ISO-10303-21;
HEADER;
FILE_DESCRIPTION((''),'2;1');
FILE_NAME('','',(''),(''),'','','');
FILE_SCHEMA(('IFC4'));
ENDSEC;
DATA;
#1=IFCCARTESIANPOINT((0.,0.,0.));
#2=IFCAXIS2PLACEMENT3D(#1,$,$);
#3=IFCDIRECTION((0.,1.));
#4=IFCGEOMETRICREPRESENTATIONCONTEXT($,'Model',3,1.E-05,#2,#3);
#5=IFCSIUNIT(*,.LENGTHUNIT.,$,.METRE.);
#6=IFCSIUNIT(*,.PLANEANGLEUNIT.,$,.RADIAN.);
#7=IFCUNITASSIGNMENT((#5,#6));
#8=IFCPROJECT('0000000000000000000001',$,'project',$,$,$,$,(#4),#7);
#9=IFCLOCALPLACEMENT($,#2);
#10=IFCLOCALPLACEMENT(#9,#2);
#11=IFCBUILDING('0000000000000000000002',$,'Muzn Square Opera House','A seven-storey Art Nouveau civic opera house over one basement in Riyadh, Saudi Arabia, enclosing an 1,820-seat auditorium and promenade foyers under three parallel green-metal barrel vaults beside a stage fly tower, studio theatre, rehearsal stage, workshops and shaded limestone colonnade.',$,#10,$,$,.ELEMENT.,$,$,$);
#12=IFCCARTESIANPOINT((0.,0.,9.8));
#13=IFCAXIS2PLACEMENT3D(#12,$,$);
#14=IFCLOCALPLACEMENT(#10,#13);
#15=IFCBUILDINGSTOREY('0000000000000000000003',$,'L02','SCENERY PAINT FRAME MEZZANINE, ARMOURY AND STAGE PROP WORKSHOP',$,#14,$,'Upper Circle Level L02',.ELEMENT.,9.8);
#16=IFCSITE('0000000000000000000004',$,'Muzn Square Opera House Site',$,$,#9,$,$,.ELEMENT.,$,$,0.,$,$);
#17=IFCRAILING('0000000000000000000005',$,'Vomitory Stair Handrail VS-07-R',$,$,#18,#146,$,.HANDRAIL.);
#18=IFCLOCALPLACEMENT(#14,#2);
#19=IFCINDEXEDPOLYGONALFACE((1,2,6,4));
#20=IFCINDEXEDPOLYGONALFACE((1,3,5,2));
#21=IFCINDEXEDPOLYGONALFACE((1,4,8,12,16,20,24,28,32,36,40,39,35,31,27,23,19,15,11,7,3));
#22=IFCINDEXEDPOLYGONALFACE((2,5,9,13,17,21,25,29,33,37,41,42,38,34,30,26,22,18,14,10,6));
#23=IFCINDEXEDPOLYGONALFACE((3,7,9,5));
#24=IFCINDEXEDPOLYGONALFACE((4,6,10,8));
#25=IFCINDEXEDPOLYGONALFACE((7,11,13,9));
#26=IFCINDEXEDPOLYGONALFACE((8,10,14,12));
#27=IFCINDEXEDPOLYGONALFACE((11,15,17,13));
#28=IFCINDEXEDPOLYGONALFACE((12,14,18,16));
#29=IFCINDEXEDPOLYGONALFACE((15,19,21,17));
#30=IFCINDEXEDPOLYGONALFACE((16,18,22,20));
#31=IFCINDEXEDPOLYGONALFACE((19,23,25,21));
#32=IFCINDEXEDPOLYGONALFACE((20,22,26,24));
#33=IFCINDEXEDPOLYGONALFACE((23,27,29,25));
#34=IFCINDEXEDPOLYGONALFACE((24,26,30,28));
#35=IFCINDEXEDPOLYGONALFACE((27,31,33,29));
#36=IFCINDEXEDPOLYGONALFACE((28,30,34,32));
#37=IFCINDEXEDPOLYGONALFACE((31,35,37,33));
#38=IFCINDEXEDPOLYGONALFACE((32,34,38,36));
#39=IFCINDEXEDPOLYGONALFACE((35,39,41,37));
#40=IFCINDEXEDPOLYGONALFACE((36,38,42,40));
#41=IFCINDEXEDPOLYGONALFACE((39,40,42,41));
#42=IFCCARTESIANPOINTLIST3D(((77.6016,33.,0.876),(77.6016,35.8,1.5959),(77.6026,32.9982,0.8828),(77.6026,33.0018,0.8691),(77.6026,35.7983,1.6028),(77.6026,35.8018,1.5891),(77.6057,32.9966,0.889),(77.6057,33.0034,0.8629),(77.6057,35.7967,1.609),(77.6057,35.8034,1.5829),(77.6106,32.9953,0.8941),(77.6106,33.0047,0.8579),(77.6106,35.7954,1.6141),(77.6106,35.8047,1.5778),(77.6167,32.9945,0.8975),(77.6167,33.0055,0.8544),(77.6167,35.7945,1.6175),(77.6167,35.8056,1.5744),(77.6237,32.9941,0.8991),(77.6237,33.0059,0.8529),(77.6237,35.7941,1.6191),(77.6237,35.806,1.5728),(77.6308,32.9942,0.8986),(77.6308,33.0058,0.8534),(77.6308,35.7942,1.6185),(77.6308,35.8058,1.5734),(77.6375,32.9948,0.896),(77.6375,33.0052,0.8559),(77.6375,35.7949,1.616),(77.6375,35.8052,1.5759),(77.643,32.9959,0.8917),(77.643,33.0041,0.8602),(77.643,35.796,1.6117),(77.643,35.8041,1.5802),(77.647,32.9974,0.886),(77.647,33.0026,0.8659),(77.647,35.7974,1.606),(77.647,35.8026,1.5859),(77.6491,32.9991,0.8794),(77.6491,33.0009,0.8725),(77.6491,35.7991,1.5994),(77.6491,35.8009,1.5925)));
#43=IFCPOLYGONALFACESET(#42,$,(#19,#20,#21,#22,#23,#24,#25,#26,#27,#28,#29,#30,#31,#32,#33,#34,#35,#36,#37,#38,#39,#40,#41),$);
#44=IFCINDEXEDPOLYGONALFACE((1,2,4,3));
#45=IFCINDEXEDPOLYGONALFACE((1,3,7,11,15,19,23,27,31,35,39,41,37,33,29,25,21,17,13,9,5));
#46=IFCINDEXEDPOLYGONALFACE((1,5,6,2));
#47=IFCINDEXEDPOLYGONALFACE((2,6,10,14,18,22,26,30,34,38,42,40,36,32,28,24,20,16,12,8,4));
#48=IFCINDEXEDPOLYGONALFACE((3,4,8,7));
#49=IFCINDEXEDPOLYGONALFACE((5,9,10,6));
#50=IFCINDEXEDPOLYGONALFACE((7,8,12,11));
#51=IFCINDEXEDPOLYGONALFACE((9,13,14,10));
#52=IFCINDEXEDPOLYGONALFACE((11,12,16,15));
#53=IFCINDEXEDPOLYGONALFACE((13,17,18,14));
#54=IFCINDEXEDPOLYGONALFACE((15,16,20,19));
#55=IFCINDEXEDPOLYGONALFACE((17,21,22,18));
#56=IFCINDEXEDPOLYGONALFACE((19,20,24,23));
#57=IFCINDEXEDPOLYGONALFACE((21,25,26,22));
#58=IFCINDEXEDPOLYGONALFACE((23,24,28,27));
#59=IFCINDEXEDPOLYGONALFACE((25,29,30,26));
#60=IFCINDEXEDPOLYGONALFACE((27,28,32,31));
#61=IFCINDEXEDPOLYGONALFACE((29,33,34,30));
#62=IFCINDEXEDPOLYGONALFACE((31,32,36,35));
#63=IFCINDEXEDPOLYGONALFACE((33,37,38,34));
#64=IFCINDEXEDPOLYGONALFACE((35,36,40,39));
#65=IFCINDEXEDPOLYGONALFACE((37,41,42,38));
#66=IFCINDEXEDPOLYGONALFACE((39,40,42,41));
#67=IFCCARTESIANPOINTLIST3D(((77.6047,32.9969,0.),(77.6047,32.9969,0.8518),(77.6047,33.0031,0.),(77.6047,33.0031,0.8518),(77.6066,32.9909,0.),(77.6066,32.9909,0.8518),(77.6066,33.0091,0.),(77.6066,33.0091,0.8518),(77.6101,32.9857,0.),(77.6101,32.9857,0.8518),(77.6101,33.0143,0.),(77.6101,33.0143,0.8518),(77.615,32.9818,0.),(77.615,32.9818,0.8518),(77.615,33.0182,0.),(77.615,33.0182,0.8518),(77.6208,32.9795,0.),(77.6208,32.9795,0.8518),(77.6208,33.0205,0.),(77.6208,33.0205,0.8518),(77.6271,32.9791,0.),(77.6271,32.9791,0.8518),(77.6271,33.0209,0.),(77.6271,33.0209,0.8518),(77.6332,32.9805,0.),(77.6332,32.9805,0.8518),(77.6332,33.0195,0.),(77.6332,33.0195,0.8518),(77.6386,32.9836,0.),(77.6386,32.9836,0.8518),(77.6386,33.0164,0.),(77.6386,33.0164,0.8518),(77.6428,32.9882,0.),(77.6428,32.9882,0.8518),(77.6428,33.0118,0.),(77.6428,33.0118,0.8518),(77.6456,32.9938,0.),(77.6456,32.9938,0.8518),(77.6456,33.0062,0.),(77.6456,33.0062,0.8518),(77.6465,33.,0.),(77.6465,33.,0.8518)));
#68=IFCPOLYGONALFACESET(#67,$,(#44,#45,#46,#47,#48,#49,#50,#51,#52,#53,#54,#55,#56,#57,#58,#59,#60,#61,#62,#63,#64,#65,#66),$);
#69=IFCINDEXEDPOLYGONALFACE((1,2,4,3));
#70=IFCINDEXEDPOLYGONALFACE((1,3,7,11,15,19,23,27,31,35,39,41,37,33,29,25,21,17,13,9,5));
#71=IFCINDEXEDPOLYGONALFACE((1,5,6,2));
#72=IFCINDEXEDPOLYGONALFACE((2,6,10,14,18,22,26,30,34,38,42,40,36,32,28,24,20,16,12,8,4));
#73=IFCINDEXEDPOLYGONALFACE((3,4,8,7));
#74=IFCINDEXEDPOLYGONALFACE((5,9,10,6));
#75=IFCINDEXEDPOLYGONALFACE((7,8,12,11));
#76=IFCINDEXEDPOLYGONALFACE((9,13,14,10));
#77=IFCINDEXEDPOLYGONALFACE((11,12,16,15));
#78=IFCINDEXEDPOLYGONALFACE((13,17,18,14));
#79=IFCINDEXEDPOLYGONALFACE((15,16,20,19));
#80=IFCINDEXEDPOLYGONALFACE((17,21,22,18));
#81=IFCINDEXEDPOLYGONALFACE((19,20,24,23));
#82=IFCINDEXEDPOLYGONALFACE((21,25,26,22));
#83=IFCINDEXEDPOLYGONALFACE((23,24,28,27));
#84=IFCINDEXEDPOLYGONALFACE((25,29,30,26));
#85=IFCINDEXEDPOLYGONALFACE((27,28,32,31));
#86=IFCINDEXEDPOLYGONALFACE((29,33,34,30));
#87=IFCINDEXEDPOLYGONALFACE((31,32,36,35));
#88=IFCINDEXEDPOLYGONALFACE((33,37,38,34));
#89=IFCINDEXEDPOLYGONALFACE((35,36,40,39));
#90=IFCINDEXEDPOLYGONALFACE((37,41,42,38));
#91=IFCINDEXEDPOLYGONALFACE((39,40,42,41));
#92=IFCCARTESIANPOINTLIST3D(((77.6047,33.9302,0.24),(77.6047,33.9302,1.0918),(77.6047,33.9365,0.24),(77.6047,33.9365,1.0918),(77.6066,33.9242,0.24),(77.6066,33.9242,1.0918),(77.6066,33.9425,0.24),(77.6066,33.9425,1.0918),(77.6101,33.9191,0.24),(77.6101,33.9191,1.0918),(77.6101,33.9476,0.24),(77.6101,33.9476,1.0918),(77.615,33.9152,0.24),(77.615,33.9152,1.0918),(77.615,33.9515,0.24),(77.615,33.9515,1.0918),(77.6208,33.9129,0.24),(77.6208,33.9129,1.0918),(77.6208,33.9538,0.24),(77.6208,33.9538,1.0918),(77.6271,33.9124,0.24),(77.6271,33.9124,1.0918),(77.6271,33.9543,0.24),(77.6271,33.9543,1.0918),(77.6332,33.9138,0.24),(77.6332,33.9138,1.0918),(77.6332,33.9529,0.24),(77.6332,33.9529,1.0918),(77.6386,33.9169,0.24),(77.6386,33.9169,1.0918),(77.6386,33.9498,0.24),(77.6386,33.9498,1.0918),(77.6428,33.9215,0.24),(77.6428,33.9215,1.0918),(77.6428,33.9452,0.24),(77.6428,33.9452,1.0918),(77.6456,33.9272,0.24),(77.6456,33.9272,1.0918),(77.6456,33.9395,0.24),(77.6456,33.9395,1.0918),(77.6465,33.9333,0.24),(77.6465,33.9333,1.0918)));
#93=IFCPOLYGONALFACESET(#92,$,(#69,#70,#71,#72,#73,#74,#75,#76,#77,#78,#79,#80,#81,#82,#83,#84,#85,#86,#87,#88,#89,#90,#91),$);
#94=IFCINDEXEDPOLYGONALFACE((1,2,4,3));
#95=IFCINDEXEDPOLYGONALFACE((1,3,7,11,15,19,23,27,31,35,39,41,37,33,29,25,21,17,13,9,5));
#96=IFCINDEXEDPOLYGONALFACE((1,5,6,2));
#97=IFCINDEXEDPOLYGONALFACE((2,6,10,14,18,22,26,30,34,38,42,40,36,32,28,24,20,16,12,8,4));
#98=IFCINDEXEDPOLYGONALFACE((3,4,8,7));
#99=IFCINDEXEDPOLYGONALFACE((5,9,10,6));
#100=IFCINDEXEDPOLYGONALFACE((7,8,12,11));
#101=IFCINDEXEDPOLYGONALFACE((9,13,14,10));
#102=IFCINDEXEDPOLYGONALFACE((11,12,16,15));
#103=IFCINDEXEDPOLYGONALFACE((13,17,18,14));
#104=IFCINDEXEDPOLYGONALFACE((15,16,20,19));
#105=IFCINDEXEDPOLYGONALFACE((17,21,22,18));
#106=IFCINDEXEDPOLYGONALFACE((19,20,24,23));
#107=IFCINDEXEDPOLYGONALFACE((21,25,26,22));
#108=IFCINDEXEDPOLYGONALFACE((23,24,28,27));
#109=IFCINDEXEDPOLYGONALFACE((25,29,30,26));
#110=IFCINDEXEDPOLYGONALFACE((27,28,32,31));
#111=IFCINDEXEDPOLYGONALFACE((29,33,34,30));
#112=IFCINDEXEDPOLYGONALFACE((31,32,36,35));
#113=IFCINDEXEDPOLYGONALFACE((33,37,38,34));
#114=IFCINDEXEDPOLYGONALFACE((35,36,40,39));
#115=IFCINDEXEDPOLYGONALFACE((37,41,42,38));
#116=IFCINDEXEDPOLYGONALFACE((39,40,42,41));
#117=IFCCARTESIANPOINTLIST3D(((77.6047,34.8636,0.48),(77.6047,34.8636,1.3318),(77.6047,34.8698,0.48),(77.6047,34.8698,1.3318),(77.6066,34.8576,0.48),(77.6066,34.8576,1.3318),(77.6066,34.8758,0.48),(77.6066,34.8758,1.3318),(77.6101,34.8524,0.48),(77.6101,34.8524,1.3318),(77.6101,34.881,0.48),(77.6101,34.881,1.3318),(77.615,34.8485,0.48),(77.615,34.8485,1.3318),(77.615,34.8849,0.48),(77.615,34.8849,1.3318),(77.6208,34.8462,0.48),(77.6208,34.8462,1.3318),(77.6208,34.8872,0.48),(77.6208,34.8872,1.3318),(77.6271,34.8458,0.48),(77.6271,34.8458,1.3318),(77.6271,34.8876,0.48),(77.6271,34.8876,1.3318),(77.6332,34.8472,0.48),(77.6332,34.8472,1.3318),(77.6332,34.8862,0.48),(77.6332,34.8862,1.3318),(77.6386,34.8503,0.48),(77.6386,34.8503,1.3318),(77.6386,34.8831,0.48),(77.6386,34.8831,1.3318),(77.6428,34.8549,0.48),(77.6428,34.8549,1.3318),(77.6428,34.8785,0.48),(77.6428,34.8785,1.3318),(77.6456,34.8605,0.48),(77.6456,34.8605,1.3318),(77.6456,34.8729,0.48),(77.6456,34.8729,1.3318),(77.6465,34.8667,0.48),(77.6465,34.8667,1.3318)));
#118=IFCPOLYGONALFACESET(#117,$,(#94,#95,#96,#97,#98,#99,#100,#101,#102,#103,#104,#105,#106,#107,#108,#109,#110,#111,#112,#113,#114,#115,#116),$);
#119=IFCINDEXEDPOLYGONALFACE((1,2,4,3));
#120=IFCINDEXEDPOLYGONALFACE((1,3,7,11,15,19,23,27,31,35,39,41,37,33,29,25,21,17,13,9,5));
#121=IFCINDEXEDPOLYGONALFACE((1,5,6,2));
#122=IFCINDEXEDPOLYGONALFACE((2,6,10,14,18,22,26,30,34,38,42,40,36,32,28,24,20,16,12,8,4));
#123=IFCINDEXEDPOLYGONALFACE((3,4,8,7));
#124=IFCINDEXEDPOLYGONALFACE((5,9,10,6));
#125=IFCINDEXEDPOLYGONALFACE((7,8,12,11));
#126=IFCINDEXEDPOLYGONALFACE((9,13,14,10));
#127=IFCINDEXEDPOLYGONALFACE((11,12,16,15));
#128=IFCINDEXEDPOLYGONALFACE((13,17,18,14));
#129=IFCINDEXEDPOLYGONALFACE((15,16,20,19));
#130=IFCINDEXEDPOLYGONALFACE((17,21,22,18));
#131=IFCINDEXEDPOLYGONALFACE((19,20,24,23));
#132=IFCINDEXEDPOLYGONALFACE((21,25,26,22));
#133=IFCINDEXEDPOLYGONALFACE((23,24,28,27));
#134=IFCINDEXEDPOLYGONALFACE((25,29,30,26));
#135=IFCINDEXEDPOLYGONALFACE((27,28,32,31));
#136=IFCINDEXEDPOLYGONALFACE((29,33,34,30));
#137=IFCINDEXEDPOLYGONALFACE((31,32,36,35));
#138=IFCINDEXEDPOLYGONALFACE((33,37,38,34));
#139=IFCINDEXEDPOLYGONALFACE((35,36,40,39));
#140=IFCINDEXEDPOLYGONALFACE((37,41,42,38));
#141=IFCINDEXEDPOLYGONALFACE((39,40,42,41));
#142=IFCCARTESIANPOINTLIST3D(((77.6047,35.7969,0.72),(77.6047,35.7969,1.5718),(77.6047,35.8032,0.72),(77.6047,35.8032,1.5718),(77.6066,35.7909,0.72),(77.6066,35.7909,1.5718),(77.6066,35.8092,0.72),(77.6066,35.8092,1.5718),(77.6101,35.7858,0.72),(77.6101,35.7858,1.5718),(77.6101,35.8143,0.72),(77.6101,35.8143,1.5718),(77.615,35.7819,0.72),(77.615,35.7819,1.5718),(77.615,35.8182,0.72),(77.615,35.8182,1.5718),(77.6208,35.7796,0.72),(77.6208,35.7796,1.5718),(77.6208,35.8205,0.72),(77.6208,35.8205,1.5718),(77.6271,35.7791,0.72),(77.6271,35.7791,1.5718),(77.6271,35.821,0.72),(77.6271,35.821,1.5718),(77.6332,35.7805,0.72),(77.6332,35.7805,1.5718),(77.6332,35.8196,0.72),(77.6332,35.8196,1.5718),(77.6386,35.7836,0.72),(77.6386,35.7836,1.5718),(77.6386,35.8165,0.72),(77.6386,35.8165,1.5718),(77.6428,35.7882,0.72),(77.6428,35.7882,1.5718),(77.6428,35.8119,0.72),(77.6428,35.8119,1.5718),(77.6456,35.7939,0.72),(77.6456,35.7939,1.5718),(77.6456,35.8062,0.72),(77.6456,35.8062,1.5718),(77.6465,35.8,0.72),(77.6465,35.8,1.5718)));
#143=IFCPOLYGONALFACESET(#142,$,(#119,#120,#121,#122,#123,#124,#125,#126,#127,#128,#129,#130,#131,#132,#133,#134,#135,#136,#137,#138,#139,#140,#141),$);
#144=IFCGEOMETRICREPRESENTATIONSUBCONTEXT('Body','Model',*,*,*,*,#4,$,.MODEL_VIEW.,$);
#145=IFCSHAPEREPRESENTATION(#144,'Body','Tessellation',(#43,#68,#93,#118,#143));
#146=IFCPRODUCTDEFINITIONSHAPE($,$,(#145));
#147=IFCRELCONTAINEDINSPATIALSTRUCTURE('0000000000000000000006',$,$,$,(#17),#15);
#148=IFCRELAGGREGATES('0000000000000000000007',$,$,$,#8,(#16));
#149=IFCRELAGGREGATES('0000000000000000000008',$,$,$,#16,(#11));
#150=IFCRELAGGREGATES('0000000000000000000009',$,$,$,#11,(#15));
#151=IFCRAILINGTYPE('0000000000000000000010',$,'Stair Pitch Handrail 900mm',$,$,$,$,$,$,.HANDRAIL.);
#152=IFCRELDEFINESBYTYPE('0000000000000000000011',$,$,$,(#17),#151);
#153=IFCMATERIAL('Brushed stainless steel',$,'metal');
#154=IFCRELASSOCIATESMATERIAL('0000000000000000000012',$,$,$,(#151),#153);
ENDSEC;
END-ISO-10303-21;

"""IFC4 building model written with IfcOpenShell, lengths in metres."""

from ifc_helpers import new_model, si_unit, direction, frame, origin, origin_2d, place, context, subcontext, project, spatial, circle, extrude, material, type_object, element, save


model = new_model("IFC4")

# Units and contexts
model_context = context("Model", 3, precision=1e-05, world=origin(), true_north=direction((0.0, 1.0)))
body_context = subcontext(model_context, "Body", "Model", "MODEL_VIEW")
ifc_project = project(units=[si_unit("LENGTHUNIT", "METRE"), si_unit("PLANEANGLEUNIT", "RADIAN")], contexts=[model_context])

# Site, building, storey
site_placement = place(None, origin())
site = spatial("IfcSite", under=ifc_project, at=site_placement, Name="Muzn Square Opera House Site", CompositionType="ELEMENT", RefElevation=0.0)
building_placement = place(site_placement, origin())
building = spatial("IfcBuilding", under=site, at=building_placement, Name="Muzn Square Opera House", Description="A seven-storey Art Nouveau civic opera house over one basement in Riyadh, Saudi Arabia, enclosing an 1,820-seat auditorium and promenade foyers under three parallel green-metal barrel vaults beside a stage fly tower, studio theatre, rehearsal stage, workshops and shaded limestone colonnade.", CompositionType="ELEMENT")
storey_placement = place(building_placement, frame((0.0, 0.0, 9.8)))
storey = spatial("IfcBuildingStorey", under=building, at=storey_placement, Name="L02", Description="SCENERY PAINT FRAME MEZZANINE, ARMOURY AND STAGE PROP WORKSHOP", LongName="Upper Circle Level L02", CompositionType="ELEMENT", Elevation=9.8)

# Railing
ifc_material_1 = material(Name="Brushed stainless steel", Category="metal")
railing_type_1 = type_object("IfcRailingType", Name="Stair Pitch Handrail 900mm", PredefinedType="HANDRAIL", material=ifc_material_1)
for number, where, name in (
    (1, (77.6255, 33.0, 0.0), "Vomitory Stair Handrail VS-07-R"),
):
    element("IfcRailing", number, at=place(storey_placement, frame(where)), inside=storey, type_object=railing_type_1, Name=name, PredefinedType="HANDRAIL", context=body_context, shape_type="SweptSolid", body=[
        extrude(circle(Radius=0.0239, at=origin_2d()), frame((0.0, 0.0, 0.876), z_axis=(0.0, 0.968496, 0.249027), x_axis=(-1.0, 0.0, 0.0)), (0.0, 0.0, 1.0), 2.8911),
        extrude(circle(Radius=0.021, at=origin_2d()), origin(), (0.0, 0.0, 1.0), 0.8518),
        extrude(circle(Radius=0.021, at=origin_2d()), frame((0.0, 0.9333, 0.24)), (0.0, 0.0, 1.0), 0.8518),
        extrude(circle(Radius=0.021, at=origin_2d()), frame((0.0, 1.8667, 0.48)), (0.0, 0.0, 1.0), 0.8518),
        extrude(circle(Radius=0.021, at=origin_2d()), frame((0.0, 2.8, 0.72)), (0.0, 0.0, 1.0), 0.8518),
    ])

save(model, "model.ifc")
